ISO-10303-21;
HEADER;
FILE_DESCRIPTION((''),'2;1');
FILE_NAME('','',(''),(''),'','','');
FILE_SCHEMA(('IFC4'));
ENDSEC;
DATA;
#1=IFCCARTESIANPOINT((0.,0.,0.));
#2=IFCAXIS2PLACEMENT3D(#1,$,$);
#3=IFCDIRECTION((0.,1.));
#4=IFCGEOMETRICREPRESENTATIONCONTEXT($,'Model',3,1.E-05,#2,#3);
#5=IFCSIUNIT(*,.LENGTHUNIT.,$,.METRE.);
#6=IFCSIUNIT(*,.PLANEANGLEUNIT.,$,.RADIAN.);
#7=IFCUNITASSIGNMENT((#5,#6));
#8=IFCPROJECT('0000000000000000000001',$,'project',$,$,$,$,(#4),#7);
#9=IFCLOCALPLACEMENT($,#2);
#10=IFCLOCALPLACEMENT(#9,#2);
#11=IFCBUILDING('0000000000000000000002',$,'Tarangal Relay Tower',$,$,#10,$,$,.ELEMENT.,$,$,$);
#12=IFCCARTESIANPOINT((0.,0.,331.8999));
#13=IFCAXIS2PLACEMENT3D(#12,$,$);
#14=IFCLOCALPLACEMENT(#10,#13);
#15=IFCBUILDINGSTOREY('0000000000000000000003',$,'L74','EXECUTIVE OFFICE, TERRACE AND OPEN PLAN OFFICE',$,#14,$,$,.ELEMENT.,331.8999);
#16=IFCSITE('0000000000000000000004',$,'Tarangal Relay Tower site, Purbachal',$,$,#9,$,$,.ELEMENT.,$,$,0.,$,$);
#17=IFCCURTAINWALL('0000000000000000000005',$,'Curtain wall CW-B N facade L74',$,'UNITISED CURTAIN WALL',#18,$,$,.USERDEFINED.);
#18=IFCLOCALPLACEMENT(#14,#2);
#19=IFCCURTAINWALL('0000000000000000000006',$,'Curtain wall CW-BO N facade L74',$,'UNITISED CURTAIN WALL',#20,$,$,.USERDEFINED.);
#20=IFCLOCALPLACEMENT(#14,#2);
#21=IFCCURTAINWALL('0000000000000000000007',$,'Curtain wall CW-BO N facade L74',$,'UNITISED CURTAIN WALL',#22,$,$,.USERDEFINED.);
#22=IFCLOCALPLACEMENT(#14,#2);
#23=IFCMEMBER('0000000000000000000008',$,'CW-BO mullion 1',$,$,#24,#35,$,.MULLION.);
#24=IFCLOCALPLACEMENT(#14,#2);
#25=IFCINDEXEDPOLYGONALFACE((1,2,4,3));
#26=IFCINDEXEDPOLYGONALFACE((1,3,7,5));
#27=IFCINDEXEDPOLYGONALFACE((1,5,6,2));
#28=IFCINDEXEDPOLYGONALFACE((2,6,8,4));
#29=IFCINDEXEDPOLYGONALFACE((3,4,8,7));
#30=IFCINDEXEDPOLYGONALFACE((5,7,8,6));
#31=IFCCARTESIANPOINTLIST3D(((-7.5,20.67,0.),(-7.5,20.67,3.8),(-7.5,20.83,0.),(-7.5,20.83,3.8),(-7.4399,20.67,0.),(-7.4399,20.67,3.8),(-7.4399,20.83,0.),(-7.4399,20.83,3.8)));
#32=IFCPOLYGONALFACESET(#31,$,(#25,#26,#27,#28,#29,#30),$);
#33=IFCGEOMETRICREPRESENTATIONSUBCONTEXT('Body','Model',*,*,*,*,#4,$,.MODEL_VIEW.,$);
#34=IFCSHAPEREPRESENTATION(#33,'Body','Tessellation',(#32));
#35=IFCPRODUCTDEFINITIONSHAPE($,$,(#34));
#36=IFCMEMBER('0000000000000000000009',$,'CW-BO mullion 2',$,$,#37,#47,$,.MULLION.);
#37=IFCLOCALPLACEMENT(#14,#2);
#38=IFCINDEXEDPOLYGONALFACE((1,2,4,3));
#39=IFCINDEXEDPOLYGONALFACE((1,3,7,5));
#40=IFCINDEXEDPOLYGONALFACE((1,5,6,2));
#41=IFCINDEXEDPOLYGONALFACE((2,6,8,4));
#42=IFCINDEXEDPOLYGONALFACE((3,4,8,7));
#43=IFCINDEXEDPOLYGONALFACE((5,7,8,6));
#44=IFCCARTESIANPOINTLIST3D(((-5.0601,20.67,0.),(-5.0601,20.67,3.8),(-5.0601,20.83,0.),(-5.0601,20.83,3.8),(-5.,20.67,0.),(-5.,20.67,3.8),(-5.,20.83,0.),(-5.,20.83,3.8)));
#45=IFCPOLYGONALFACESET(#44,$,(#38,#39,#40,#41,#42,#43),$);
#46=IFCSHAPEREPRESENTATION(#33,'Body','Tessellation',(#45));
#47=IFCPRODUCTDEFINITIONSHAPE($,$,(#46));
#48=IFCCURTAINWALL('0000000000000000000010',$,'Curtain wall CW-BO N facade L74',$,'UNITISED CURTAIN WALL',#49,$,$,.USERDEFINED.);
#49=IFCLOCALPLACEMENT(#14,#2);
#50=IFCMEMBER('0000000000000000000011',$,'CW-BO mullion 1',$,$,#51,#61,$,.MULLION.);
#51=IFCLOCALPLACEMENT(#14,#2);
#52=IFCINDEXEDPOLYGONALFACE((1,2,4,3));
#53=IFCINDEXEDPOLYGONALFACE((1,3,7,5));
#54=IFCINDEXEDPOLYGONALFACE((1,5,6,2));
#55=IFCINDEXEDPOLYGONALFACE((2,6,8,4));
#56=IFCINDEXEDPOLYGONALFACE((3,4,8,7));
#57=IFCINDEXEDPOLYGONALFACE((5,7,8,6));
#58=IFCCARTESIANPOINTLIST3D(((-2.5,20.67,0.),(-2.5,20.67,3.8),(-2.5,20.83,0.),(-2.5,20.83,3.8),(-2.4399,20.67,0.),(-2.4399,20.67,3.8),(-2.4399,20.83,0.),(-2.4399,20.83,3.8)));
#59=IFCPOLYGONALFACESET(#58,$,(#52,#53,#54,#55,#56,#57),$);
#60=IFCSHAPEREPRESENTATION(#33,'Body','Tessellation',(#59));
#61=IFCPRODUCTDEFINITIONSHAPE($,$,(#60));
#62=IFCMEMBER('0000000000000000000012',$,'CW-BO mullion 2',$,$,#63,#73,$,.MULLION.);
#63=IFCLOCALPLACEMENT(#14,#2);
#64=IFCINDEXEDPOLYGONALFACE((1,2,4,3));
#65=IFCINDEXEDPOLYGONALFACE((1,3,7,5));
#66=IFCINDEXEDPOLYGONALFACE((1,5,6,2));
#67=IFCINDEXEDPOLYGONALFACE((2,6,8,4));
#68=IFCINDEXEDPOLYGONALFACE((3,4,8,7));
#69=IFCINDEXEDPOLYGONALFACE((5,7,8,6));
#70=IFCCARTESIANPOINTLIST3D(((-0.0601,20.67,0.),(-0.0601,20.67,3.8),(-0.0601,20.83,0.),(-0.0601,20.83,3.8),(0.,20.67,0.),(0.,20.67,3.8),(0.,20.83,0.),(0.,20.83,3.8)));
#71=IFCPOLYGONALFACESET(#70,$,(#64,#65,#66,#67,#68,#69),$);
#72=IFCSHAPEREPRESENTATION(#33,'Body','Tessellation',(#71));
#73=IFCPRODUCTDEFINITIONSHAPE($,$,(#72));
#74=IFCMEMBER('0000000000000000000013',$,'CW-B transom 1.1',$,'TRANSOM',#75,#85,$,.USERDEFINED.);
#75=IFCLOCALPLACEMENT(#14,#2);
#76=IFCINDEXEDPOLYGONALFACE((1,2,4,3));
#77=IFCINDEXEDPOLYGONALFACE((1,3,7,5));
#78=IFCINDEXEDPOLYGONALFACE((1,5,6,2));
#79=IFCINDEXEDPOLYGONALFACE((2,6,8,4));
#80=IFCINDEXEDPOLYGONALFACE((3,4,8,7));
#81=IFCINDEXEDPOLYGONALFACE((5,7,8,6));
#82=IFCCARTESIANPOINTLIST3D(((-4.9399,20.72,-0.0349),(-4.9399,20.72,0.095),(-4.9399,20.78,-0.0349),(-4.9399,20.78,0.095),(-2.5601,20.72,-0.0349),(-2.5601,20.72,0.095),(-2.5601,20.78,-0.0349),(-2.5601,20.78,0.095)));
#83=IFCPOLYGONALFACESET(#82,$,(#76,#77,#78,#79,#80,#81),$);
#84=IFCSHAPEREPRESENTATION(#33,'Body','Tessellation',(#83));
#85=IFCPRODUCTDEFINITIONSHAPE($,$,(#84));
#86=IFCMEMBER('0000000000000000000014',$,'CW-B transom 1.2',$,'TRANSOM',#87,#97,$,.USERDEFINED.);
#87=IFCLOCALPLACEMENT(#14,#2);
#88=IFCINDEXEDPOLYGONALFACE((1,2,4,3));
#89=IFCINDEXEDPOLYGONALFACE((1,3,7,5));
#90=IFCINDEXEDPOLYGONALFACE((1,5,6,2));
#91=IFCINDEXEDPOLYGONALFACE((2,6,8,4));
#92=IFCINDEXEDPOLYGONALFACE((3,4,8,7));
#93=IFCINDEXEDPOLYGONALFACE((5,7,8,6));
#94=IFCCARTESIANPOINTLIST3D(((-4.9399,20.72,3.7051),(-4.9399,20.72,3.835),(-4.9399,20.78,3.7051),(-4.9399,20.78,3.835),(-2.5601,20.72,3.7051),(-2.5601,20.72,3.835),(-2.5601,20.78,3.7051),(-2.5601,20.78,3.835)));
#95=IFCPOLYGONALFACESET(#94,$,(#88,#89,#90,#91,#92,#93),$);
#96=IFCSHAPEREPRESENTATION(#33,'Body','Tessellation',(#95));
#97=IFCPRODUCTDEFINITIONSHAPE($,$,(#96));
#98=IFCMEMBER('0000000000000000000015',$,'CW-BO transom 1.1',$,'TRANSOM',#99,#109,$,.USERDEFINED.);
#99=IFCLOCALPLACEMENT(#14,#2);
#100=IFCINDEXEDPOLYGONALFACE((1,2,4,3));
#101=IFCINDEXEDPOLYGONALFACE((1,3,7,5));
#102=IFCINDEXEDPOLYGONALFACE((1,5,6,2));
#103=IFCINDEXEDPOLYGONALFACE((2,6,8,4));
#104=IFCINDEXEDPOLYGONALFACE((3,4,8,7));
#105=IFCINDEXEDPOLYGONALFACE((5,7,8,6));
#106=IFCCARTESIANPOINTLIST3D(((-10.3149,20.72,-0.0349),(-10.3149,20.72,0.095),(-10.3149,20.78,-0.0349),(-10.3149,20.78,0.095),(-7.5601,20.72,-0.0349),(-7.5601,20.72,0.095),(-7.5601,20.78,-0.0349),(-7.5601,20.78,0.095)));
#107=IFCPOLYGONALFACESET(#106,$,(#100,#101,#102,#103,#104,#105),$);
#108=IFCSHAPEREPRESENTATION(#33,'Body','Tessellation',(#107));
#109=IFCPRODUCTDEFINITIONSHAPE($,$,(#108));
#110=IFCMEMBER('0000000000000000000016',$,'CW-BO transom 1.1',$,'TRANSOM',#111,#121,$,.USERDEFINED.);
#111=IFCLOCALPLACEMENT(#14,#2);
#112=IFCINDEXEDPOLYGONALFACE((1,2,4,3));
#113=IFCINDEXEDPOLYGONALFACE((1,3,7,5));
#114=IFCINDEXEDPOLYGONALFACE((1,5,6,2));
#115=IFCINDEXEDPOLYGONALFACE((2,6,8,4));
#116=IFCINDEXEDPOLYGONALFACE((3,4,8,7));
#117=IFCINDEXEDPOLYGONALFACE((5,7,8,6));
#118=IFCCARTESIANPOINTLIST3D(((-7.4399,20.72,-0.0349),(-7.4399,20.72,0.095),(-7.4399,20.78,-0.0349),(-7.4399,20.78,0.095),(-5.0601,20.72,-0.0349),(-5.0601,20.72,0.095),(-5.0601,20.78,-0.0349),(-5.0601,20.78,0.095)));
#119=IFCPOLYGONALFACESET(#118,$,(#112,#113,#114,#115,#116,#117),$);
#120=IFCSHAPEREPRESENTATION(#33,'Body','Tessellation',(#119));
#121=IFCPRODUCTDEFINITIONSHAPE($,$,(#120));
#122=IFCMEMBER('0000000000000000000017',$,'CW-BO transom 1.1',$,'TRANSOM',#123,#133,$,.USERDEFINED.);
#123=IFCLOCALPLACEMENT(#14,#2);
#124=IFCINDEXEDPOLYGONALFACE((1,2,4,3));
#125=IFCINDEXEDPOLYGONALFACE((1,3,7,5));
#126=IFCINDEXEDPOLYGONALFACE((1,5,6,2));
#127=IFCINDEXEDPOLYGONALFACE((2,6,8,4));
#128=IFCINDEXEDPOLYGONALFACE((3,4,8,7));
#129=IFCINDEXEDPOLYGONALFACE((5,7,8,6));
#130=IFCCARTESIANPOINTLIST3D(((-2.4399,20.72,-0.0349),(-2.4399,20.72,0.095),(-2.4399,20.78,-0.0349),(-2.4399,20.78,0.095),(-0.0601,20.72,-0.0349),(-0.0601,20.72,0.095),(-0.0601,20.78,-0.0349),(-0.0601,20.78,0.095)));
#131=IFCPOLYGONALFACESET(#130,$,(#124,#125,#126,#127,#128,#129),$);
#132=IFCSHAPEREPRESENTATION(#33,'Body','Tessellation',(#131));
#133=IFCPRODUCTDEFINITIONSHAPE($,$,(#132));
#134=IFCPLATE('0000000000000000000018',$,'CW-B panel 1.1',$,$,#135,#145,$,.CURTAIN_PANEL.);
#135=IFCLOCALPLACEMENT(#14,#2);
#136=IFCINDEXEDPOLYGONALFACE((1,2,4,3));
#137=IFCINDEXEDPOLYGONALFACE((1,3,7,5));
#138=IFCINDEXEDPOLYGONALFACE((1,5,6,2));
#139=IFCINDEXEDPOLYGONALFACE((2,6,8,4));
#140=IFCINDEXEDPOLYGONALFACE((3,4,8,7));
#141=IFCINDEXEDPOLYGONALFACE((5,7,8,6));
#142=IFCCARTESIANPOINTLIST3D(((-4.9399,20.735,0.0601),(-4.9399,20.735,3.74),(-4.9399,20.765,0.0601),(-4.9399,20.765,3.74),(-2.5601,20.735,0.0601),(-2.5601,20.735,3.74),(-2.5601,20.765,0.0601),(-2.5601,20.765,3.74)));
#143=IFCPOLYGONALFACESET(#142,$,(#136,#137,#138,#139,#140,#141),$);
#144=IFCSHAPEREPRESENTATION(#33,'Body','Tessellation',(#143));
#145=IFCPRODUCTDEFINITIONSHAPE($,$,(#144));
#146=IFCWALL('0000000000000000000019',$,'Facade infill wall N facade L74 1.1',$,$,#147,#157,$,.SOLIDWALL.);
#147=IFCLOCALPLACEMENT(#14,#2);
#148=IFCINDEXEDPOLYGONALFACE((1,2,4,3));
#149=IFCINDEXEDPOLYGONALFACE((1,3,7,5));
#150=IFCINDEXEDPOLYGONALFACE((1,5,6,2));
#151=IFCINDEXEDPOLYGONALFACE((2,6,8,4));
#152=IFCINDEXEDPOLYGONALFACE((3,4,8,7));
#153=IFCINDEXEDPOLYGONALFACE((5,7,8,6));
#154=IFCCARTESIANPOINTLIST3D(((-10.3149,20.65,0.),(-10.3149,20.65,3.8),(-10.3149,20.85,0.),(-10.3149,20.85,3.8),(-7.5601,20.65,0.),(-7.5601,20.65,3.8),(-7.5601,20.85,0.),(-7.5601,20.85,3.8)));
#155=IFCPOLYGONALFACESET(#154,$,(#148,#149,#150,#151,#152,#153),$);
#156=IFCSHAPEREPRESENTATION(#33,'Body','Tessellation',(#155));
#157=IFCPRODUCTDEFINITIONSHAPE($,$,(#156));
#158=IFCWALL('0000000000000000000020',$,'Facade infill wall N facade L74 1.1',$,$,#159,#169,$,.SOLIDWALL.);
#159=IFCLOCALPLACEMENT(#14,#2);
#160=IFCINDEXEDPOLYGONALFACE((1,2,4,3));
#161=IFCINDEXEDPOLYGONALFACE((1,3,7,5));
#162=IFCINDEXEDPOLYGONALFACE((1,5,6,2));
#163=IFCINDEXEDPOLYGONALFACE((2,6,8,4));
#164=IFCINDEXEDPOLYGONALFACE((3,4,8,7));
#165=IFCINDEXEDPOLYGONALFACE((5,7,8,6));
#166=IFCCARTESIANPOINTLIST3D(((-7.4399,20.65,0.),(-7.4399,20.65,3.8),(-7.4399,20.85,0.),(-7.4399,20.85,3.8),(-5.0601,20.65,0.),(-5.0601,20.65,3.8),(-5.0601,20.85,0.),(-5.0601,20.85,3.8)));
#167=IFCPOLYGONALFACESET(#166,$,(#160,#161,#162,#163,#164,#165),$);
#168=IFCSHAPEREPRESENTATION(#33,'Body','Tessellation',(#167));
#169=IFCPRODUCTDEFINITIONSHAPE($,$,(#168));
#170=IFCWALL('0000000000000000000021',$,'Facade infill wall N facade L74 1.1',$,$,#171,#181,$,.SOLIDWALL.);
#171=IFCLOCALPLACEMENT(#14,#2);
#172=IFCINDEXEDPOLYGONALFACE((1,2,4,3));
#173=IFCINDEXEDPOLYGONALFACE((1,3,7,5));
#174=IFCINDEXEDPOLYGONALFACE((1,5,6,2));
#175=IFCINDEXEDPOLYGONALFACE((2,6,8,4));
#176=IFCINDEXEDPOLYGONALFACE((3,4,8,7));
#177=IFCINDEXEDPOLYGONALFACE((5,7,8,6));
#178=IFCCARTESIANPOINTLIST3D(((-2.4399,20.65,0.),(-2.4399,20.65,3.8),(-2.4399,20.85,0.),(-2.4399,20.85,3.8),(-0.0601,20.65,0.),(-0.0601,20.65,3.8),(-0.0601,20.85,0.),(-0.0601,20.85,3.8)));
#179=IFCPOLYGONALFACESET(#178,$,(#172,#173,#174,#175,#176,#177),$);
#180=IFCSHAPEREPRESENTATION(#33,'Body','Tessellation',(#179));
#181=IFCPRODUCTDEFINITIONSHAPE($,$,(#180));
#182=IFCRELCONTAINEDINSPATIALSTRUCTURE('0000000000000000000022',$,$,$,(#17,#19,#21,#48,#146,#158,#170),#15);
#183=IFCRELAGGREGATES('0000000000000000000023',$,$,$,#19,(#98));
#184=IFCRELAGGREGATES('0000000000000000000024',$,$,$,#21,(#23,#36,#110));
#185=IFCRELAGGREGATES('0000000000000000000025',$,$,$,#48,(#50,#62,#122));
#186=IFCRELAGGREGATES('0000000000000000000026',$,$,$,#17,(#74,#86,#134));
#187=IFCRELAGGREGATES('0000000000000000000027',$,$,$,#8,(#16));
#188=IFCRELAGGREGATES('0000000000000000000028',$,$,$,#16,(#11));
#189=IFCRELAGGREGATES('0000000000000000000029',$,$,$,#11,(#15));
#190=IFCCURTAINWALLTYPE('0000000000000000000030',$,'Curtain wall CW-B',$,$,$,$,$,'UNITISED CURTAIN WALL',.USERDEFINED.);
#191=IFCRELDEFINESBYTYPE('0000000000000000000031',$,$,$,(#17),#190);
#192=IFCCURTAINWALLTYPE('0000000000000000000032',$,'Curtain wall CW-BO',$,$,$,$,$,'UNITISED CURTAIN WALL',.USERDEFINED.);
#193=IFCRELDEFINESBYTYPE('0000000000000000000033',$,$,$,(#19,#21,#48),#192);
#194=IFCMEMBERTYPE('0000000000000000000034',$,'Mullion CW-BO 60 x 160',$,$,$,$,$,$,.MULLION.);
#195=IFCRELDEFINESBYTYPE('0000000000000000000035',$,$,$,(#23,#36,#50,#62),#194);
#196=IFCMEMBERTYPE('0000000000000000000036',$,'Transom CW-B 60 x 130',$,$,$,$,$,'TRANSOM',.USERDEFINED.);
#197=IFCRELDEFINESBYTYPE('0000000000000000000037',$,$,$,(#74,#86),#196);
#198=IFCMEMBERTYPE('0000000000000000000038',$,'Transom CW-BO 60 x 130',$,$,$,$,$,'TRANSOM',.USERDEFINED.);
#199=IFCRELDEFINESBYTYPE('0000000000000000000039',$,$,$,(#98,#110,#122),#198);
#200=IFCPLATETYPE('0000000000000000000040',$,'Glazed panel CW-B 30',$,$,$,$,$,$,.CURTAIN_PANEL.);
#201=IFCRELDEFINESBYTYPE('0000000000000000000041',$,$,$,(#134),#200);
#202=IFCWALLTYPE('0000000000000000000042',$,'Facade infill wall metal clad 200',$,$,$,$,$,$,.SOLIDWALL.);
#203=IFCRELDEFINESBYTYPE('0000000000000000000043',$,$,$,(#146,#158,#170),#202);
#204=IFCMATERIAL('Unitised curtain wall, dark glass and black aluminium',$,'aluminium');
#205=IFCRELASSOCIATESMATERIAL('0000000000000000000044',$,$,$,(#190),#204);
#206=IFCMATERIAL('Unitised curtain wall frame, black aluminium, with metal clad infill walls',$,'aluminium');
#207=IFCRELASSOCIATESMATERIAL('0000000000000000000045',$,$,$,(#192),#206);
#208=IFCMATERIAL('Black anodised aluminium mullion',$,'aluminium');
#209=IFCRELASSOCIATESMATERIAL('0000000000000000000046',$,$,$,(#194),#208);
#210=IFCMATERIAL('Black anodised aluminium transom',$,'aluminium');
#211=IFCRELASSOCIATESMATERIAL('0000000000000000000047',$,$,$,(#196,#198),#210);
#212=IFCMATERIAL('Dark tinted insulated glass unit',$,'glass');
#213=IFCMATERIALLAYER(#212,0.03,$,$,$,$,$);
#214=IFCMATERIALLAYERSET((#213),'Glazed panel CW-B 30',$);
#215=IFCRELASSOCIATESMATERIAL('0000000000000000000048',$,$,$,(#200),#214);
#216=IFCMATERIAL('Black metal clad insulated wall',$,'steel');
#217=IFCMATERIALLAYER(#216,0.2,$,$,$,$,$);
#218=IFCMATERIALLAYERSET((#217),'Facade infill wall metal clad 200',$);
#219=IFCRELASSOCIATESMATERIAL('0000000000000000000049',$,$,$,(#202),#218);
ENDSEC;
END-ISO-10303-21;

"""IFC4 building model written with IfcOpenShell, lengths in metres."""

from ifc_helpers import new_model, si_unit, direction, frame, frame_2d, origin, origin_2d, place, context, subcontext, project, spatial, rectangle, extrude, material, layer, layer_set, material_profile, profile_set, type_object, element, aggregate, save


model = new_model("IFC4")

# Units and contexts
model_context = context("Model", 3, precision=1e-05, world=origin(), true_north=direction((0.0, 1.0)))
body_context = subcontext(model_context, "Body", "Model", "MODEL_VIEW")
ifc_project = project(units=[si_unit("LENGTHUNIT", "METRE"), si_unit("PLANEANGLEUNIT", "RADIAN")], contexts=[model_context])

# Site, building, storey
site_placement = place(None, origin())
site = spatial("IfcSite", under=ifc_project, at=site_placement, Name="Tarangal Relay Tower site, Purbachal", CompositionType="ELEMENT", RefElevation=0.0)
building_placement = place(site_placement, origin())
building = spatial("IfcBuilding", under=site, at=building_placement, Name="Tarangal Relay Tower", CompositionType="ELEMENT")
storey_placement = place(building_placement, frame((0.0, 0.0, 331.8999)))
storey = spatial("IfcBuildingStorey", under=building, at=storey_placement, Name="L74", Description="EXECUTIVE OFFICE, TERRACE AND OPEN PLAN OFFICE", CompositionType="ELEMENT", Elevation=331.8999)

# Curtain walls, members
ifc_material_1 = material(Name="Unitised curtain wall, dark glass and black aluminium", Category="aluminium")
curtain_wall_type_1 = type_object("IfcCurtainWallType", Name="Curtain wall CW-B", ElementType="UNITISED CURTAIN WALL", PredefinedType="USERDEFINED", material=ifc_material_1)
curtain_wall_1_placement = place(storey_placement, origin())
curtain_wall_1 = element("IfcCurtainWall", 1, at=curtain_wall_1_placement, inside=storey, type_object=curtain_wall_type_1, Name="Curtain wall CW-B N facade L74", ObjectType="UNITISED CURTAIN WALL", PredefinedType="USERDEFINED")
ifc_material_2 = material(Name="Black anodised aluminium mullion", Category="aluminium")
ifc_material_3 = material(Name="Unitised curtain wall frame, black aluminium, with metal clad infill walls", Category="aluminium")
curtain_wall_type_2 = type_object("IfcCurtainWallType", Name="Curtain wall CW-BO", ElementType="UNITISED CURTAIN WALL", PredefinedType="USERDEFINED", material=ifc_material_3)
curtain_wall_2_placement = place(storey_placement, origin())
curtain_wall_2 = element("IfcCurtainWall", 2, at=curtain_wall_2_placement, inside=storey, type_object=curtain_wall_type_2, Name="Curtain wall CW-BO N facade L74", ObjectType="UNITISED CURTAIN WALL", PredefinedType="USERDEFINED")
ifc_material_profile_1 = material_profile(ifc_material_2, rectangle(XDim=0.1599, YDim=0.0601, at=origin_2d()), Name="CW-BOM 60X160")
ifc_profile_set_1 = profile_set([ifc_material_profile_1], Name="Black anodised aluminium mullion")
member_type_1 = type_object("IfcMemberType", Name="Mullion CW-BO 60 x 160", PredefinedType="MULLION", material=ifc_profile_set_1)
curtain_wall_3_placement = place(storey_placement, origin())
curtain_wall_3 = element("IfcCurtainWall", 3, at=curtain_wall_3_placement, inside=storey, type_object=curtain_wall_type_2, Name="Curtain wall CW-BO N facade L74", ObjectType="UNITISED CURTAIN WALL", PredefinedType="USERDEFINED")
member_1_placement = place(storey_placement, frame((-7.47, 20.75, 0.0), z_axis=(0.0, 0.0, 1.0), x_axis=(0.0, 1.0, 0.0)))
member_1 = element("IfcMember", 4, at=member_1_placement, type_object=member_type_1, Name="CW-BO mullion 1", PredefinedType="MULLION", context=body_context, shape_type="SweptSolid", body=[
    extrude(rectangle(XDim=0.1599, YDim=0.0601, at=origin_2d()), origin(), (0.0, 0.0, 1.0), 3.8),
])
member_2_placement = place(storey_placement, frame((-5.03, 20.75, 0.0), z_axis=(0.0, 0.0, 1.0), x_axis=(0.0, 1.0, 0.0)))
member_2 = element("IfcMember", 5, at=member_2_placement, type_object=member_type_1, Name="CW-BO mullion 2", PredefinedType="MULLION", context=body_context, shape_type="SweptSolid", body=[
    extrude(rectangle(XDim=0.1599, YDim=0.0601, at=origin_2d()), origin(), (0.0, 0.0, 1.0), 3.8),
])
curtain_wall_4_placement = place(storey_placement, origin())
curtain_wall_4 = element("IfcCurtainWall", 6, at=curtain_wall_4_placement, inside=storey, type_object=curtain_wall_type_2, Name="Curtain wall CW-BO N facade L74", ObjectType="UNITISED CURTAIN WALL", PredefinedType="USERDEFINED")
member_3_placement = place(storey_placement, frame((-2.47, 20.75, 0.0), z_axis=(0.0, 0.0, 1.0), x_axis=(0.0, 1.0, 0.0)))
member_3 = element("IfcMember", 7, at=member_3_placement, type_object=member_type_1, Name="CW-BO mullion 1", PredefinedType="MULLION", context=body_context, shape_type="SweptSolid", body=[
    extrude(rectangle(XDim=0.1599, YDim=0.0601, at=origin_2d()), origin(), (0.0, 0.0, 1.0), 3.8),
])
member_4_placement = place(storey_placement, frame((-0.03, 20.75, 0.0), z_axis=(0.0, 0.0, 1.0), x_axis=(0.0, 1.0, 0.0)))
member_4 = element("IfcMember", 8, at=member_4_placement, type_object=member_type_1, Name="CW-BO mullion 2", PredefinedType="MULLION", context=body_context, shape_type="SweptSolid", body=[
    extrude(rectangle(XDim=0.1599, YDim=0.0601, at=origin_2d()), origin(), (0.0, 0.0, 1.0), 3.8),
])

# Members
ifc_material_4 = material(Name="Black anodised aluminium transom", Category="aluminium")
ifc_material_profile_2 = material_profile(ifc_material_4, rectangle(XDim=0.0601, YDim=0.1299, at=origin_2d()), Name="CW-BT 60X130")
ifc_profile_set_2 = profile_set([ifc_material_profile_2], Name="Black anodised aluminium transom")
member_type_2 = type_object("IfcMemberType", Name="Transom CW-B 60 x 130", ElementType="TRANSOM", PredefinedType="USERDEFINED", material=ifc_profile_set_2)
member_5_placement = place(storey_placement, frame((-4.9399, 20.75, 0.03), z_axis=(1.0, 0.0, 0.0), x_axis=(0.0, 1.0, 0.0)))
member_5 = element("IfcMember", 9, at=member_5_placement, type_object=member_type_2, Name="CW-B transom 1.1", ObjectType="TRANSOM", PredefinedType="USERDEFINED", context=body_context, shape_type="SweptSolid", body=[
    extrude(rectangle(XDim=0.0601, YDim=0.1299, at=origin_2d()), origin(), (0.0, 0.0, 1.0), 2.3799),
])
member_6_placement = place(storey_placement, frame((-4.9399, 20.75, 3.77), z_axis=(1.0, 0.0, 0.0), x_axis=(0.0, 1.0, 0.0)))
member_6 = element("IfcMember", 10, at=member_6_placement, type_object=member_type_2, Name="CW-B transom 1.2", ObjectType="TRANSOM", PredefinedType="USERDEFINED", context=body_context, shape_type="SweptSolid", body=[
    extrude(rectangle(XDim=0.0601, YDim=0.1299, at=origin_2d()), origin(), (0.0, 0.0, 1.0), 2.3799),
])
ifc_material_profile_3 = material_profile(ifc_material_4, rectangle(XDim=0.0601, YDim=0.1299, at=origin_2d()), Name="CW-BOT 60X130")
ifc_profile_set_3 = profile_set([ifc_material_profile_3], Name="Black anodised aluminium transom")
member_type_3 = type_object("IfcMemberType", Name="Transom CW-BO 60 x 130", ElementType="TRANSOM", PredefinedType="USERDEFINED", material=ifc_profile_set_3)
member_7_placement = place(storey_placement, frame((-10.3149, 20.75, 0.03), z_axis=(1.0, 0.0, 0.0), x_axis=(0.0, 1.0, 0.0)))
member_7 = element("IfcMember", 11, at=member_7_placement, type_object=member_type_3, Name="CW-BO transom 1.1", ObjectType="TRANSOM", PredefinedType="USERDEFINED", context=body_context, shape_type="SweptSolid", body=[
    extrude(rectangle(XDim=0.0601, YDim=0.1299, at=origin_2d()), origin(), (0.0, 0.0, 1.0), 2.7549),
])
aggregate(curtain_wall_2, [member_7])
member_8_placement = place(storey_placement, frame((-7.4399, 20.75, 0.03), z_axis=(1.0, 0.0, 0.0), x_axis=(0.0, 1.0, 0.0)))
member_8 = element("IfcMember", 12, at=member_8_placement, type_object=member_type_3, Name="CW-BO transom 1.1", ObjectType="TRANSOM", PredefinedType="USERDEFINED", context=body_context, shape_type="SweptSolid", body=[
    extrude(rectangle(XDim=0.0601, YDim=0.1299, at=origin_2d()), origin(), (0.0, 0.0, 1.0), 2.3799),
])
aggregate(curtain_wall_3, [member_1, member_2, member_8])
member_9_placement = place(storey_placement, frame((-2.4399, 20.75, 0.03), z_axis=(1.0, 0.0, 0.0), x_axis=(0.0, 1.0, 0.0)))
member_9 = element("IfcMember", 13, at=member_9_placement, type_object=member_type_3, Name="CW-BO transom 1.1", ObjectType="TRANSOM", PredefinedType="USERDEFINED", context=body_context, shape_type="SweptSolid", body=[
    extrude(rectangle(XDim=0.0601, YDim=0.1299, at=origin_2d()), origin(), (0.0, 0.0, 1.0), 2.3799),
])
aggregate(curtain_wall_4, [member_3, member_4, member_9])

# Plate
ifc_material_5 = material(Name="Dark tinted insulated glass unit", Category="glass")
ifc_layer_1 = layer(ifc_material_5, 0.03)
ifc_layer_set_1 = layer_set([ifc_layer_1], Name="Glazed panel CW-B 30")
plate_type = type_object("IfcPlateType", Name="Glazed panel CW-B 30", PredefinedType="CURTAIN_PANEL", material=ifc_layer_set_1)
plate_placement = place(storey_placement, frame((-3.75, 20.75, 0.0601), z_axis=(0.0, 0.0, 1.0), x_axis=(1.0, 0.0, 0.0)))
plate = element("IfcPlate", 14, at=plate_placement, type_object=plate_type, Name="CW-B panel 1.1", PredefinedType="CURTAIN_PANEL", context=body_context, shape_type="SweptSolid", body=[
    extrude(rectangle(XDim=2.3799, YDim=0.03, at=origin_2d()), origin(), (0.0, 0.0, 1.0), 3.6799),
])
aggregate(curtain_wall_1, [member_5, member_6, plate])

# Walls
ifc_material_6 = material(Name="Black metal clad insulated wall", Category="steel")
ifc_layer_2 = layer(ifc_material_6, 0.2)
ifc_layer_set_2 = layer_set([ifc_layer_2], Name="Facade infill wall metal clad 200")
wall_type_1 = type_object("IfcWallType", Name="Facade infill wall metal clad 200", PredefinedType="SOLIDWALL", material=ifc_layer_set_2)
wall_1_placement = place(storey_placement, frame((-10.3149, 20.75, 0.0), z_axis=(0.0, 0.0, 1.0), x_axis=(1.0, 0.0, 0.0)))
element("IfcWall", 15, at=wall_1_placement, inside=storey, type_object=wall_type_1, Name="Facade infill wall N facade L74 1.1", PredefinedType="SOLIDWALL", context=body_context, shape_type="SweptSolid", body=[
    extrude(rectangle(XDim=2.7549, YDim=0.2, at=frame_2d((1.3774, 0.0))), origin(), (0.0, 0.0, 1.0), 3.8),
])
for number, where, z_axis, x_axis, name in (
    (16, (-7.4399, 20.75, 0.0), (0.0, 0.0, 1.0), (1.0, 0.0, 0.0), "Facade infill wall N facade L74 1.1"),
    (17, (-2.4399, 20.75, 0.0), (0.0, 0.0, 1.0), (1.0, 0.0, 0.0), "Facade infill wall N facade L74 1.1"),
):
    element("IfcWall", number, at=place(storey_placement, frame(where, z_axis=z_axis, x_axis=x_axis)), inside=storey, type_object=wall_type_1, Name=name, PredefinedType="SOLIDWALL", context=body_context, shape_type="SweptSolid", body=[
        extrude(rectangle(XDim=2.3799, YDim=0.2, at=frame_2d((1.1899, 0.0))), origin(), (0.0, 0.0, 1.0), 3.8),
    ])

save(model, "model.ifc")
